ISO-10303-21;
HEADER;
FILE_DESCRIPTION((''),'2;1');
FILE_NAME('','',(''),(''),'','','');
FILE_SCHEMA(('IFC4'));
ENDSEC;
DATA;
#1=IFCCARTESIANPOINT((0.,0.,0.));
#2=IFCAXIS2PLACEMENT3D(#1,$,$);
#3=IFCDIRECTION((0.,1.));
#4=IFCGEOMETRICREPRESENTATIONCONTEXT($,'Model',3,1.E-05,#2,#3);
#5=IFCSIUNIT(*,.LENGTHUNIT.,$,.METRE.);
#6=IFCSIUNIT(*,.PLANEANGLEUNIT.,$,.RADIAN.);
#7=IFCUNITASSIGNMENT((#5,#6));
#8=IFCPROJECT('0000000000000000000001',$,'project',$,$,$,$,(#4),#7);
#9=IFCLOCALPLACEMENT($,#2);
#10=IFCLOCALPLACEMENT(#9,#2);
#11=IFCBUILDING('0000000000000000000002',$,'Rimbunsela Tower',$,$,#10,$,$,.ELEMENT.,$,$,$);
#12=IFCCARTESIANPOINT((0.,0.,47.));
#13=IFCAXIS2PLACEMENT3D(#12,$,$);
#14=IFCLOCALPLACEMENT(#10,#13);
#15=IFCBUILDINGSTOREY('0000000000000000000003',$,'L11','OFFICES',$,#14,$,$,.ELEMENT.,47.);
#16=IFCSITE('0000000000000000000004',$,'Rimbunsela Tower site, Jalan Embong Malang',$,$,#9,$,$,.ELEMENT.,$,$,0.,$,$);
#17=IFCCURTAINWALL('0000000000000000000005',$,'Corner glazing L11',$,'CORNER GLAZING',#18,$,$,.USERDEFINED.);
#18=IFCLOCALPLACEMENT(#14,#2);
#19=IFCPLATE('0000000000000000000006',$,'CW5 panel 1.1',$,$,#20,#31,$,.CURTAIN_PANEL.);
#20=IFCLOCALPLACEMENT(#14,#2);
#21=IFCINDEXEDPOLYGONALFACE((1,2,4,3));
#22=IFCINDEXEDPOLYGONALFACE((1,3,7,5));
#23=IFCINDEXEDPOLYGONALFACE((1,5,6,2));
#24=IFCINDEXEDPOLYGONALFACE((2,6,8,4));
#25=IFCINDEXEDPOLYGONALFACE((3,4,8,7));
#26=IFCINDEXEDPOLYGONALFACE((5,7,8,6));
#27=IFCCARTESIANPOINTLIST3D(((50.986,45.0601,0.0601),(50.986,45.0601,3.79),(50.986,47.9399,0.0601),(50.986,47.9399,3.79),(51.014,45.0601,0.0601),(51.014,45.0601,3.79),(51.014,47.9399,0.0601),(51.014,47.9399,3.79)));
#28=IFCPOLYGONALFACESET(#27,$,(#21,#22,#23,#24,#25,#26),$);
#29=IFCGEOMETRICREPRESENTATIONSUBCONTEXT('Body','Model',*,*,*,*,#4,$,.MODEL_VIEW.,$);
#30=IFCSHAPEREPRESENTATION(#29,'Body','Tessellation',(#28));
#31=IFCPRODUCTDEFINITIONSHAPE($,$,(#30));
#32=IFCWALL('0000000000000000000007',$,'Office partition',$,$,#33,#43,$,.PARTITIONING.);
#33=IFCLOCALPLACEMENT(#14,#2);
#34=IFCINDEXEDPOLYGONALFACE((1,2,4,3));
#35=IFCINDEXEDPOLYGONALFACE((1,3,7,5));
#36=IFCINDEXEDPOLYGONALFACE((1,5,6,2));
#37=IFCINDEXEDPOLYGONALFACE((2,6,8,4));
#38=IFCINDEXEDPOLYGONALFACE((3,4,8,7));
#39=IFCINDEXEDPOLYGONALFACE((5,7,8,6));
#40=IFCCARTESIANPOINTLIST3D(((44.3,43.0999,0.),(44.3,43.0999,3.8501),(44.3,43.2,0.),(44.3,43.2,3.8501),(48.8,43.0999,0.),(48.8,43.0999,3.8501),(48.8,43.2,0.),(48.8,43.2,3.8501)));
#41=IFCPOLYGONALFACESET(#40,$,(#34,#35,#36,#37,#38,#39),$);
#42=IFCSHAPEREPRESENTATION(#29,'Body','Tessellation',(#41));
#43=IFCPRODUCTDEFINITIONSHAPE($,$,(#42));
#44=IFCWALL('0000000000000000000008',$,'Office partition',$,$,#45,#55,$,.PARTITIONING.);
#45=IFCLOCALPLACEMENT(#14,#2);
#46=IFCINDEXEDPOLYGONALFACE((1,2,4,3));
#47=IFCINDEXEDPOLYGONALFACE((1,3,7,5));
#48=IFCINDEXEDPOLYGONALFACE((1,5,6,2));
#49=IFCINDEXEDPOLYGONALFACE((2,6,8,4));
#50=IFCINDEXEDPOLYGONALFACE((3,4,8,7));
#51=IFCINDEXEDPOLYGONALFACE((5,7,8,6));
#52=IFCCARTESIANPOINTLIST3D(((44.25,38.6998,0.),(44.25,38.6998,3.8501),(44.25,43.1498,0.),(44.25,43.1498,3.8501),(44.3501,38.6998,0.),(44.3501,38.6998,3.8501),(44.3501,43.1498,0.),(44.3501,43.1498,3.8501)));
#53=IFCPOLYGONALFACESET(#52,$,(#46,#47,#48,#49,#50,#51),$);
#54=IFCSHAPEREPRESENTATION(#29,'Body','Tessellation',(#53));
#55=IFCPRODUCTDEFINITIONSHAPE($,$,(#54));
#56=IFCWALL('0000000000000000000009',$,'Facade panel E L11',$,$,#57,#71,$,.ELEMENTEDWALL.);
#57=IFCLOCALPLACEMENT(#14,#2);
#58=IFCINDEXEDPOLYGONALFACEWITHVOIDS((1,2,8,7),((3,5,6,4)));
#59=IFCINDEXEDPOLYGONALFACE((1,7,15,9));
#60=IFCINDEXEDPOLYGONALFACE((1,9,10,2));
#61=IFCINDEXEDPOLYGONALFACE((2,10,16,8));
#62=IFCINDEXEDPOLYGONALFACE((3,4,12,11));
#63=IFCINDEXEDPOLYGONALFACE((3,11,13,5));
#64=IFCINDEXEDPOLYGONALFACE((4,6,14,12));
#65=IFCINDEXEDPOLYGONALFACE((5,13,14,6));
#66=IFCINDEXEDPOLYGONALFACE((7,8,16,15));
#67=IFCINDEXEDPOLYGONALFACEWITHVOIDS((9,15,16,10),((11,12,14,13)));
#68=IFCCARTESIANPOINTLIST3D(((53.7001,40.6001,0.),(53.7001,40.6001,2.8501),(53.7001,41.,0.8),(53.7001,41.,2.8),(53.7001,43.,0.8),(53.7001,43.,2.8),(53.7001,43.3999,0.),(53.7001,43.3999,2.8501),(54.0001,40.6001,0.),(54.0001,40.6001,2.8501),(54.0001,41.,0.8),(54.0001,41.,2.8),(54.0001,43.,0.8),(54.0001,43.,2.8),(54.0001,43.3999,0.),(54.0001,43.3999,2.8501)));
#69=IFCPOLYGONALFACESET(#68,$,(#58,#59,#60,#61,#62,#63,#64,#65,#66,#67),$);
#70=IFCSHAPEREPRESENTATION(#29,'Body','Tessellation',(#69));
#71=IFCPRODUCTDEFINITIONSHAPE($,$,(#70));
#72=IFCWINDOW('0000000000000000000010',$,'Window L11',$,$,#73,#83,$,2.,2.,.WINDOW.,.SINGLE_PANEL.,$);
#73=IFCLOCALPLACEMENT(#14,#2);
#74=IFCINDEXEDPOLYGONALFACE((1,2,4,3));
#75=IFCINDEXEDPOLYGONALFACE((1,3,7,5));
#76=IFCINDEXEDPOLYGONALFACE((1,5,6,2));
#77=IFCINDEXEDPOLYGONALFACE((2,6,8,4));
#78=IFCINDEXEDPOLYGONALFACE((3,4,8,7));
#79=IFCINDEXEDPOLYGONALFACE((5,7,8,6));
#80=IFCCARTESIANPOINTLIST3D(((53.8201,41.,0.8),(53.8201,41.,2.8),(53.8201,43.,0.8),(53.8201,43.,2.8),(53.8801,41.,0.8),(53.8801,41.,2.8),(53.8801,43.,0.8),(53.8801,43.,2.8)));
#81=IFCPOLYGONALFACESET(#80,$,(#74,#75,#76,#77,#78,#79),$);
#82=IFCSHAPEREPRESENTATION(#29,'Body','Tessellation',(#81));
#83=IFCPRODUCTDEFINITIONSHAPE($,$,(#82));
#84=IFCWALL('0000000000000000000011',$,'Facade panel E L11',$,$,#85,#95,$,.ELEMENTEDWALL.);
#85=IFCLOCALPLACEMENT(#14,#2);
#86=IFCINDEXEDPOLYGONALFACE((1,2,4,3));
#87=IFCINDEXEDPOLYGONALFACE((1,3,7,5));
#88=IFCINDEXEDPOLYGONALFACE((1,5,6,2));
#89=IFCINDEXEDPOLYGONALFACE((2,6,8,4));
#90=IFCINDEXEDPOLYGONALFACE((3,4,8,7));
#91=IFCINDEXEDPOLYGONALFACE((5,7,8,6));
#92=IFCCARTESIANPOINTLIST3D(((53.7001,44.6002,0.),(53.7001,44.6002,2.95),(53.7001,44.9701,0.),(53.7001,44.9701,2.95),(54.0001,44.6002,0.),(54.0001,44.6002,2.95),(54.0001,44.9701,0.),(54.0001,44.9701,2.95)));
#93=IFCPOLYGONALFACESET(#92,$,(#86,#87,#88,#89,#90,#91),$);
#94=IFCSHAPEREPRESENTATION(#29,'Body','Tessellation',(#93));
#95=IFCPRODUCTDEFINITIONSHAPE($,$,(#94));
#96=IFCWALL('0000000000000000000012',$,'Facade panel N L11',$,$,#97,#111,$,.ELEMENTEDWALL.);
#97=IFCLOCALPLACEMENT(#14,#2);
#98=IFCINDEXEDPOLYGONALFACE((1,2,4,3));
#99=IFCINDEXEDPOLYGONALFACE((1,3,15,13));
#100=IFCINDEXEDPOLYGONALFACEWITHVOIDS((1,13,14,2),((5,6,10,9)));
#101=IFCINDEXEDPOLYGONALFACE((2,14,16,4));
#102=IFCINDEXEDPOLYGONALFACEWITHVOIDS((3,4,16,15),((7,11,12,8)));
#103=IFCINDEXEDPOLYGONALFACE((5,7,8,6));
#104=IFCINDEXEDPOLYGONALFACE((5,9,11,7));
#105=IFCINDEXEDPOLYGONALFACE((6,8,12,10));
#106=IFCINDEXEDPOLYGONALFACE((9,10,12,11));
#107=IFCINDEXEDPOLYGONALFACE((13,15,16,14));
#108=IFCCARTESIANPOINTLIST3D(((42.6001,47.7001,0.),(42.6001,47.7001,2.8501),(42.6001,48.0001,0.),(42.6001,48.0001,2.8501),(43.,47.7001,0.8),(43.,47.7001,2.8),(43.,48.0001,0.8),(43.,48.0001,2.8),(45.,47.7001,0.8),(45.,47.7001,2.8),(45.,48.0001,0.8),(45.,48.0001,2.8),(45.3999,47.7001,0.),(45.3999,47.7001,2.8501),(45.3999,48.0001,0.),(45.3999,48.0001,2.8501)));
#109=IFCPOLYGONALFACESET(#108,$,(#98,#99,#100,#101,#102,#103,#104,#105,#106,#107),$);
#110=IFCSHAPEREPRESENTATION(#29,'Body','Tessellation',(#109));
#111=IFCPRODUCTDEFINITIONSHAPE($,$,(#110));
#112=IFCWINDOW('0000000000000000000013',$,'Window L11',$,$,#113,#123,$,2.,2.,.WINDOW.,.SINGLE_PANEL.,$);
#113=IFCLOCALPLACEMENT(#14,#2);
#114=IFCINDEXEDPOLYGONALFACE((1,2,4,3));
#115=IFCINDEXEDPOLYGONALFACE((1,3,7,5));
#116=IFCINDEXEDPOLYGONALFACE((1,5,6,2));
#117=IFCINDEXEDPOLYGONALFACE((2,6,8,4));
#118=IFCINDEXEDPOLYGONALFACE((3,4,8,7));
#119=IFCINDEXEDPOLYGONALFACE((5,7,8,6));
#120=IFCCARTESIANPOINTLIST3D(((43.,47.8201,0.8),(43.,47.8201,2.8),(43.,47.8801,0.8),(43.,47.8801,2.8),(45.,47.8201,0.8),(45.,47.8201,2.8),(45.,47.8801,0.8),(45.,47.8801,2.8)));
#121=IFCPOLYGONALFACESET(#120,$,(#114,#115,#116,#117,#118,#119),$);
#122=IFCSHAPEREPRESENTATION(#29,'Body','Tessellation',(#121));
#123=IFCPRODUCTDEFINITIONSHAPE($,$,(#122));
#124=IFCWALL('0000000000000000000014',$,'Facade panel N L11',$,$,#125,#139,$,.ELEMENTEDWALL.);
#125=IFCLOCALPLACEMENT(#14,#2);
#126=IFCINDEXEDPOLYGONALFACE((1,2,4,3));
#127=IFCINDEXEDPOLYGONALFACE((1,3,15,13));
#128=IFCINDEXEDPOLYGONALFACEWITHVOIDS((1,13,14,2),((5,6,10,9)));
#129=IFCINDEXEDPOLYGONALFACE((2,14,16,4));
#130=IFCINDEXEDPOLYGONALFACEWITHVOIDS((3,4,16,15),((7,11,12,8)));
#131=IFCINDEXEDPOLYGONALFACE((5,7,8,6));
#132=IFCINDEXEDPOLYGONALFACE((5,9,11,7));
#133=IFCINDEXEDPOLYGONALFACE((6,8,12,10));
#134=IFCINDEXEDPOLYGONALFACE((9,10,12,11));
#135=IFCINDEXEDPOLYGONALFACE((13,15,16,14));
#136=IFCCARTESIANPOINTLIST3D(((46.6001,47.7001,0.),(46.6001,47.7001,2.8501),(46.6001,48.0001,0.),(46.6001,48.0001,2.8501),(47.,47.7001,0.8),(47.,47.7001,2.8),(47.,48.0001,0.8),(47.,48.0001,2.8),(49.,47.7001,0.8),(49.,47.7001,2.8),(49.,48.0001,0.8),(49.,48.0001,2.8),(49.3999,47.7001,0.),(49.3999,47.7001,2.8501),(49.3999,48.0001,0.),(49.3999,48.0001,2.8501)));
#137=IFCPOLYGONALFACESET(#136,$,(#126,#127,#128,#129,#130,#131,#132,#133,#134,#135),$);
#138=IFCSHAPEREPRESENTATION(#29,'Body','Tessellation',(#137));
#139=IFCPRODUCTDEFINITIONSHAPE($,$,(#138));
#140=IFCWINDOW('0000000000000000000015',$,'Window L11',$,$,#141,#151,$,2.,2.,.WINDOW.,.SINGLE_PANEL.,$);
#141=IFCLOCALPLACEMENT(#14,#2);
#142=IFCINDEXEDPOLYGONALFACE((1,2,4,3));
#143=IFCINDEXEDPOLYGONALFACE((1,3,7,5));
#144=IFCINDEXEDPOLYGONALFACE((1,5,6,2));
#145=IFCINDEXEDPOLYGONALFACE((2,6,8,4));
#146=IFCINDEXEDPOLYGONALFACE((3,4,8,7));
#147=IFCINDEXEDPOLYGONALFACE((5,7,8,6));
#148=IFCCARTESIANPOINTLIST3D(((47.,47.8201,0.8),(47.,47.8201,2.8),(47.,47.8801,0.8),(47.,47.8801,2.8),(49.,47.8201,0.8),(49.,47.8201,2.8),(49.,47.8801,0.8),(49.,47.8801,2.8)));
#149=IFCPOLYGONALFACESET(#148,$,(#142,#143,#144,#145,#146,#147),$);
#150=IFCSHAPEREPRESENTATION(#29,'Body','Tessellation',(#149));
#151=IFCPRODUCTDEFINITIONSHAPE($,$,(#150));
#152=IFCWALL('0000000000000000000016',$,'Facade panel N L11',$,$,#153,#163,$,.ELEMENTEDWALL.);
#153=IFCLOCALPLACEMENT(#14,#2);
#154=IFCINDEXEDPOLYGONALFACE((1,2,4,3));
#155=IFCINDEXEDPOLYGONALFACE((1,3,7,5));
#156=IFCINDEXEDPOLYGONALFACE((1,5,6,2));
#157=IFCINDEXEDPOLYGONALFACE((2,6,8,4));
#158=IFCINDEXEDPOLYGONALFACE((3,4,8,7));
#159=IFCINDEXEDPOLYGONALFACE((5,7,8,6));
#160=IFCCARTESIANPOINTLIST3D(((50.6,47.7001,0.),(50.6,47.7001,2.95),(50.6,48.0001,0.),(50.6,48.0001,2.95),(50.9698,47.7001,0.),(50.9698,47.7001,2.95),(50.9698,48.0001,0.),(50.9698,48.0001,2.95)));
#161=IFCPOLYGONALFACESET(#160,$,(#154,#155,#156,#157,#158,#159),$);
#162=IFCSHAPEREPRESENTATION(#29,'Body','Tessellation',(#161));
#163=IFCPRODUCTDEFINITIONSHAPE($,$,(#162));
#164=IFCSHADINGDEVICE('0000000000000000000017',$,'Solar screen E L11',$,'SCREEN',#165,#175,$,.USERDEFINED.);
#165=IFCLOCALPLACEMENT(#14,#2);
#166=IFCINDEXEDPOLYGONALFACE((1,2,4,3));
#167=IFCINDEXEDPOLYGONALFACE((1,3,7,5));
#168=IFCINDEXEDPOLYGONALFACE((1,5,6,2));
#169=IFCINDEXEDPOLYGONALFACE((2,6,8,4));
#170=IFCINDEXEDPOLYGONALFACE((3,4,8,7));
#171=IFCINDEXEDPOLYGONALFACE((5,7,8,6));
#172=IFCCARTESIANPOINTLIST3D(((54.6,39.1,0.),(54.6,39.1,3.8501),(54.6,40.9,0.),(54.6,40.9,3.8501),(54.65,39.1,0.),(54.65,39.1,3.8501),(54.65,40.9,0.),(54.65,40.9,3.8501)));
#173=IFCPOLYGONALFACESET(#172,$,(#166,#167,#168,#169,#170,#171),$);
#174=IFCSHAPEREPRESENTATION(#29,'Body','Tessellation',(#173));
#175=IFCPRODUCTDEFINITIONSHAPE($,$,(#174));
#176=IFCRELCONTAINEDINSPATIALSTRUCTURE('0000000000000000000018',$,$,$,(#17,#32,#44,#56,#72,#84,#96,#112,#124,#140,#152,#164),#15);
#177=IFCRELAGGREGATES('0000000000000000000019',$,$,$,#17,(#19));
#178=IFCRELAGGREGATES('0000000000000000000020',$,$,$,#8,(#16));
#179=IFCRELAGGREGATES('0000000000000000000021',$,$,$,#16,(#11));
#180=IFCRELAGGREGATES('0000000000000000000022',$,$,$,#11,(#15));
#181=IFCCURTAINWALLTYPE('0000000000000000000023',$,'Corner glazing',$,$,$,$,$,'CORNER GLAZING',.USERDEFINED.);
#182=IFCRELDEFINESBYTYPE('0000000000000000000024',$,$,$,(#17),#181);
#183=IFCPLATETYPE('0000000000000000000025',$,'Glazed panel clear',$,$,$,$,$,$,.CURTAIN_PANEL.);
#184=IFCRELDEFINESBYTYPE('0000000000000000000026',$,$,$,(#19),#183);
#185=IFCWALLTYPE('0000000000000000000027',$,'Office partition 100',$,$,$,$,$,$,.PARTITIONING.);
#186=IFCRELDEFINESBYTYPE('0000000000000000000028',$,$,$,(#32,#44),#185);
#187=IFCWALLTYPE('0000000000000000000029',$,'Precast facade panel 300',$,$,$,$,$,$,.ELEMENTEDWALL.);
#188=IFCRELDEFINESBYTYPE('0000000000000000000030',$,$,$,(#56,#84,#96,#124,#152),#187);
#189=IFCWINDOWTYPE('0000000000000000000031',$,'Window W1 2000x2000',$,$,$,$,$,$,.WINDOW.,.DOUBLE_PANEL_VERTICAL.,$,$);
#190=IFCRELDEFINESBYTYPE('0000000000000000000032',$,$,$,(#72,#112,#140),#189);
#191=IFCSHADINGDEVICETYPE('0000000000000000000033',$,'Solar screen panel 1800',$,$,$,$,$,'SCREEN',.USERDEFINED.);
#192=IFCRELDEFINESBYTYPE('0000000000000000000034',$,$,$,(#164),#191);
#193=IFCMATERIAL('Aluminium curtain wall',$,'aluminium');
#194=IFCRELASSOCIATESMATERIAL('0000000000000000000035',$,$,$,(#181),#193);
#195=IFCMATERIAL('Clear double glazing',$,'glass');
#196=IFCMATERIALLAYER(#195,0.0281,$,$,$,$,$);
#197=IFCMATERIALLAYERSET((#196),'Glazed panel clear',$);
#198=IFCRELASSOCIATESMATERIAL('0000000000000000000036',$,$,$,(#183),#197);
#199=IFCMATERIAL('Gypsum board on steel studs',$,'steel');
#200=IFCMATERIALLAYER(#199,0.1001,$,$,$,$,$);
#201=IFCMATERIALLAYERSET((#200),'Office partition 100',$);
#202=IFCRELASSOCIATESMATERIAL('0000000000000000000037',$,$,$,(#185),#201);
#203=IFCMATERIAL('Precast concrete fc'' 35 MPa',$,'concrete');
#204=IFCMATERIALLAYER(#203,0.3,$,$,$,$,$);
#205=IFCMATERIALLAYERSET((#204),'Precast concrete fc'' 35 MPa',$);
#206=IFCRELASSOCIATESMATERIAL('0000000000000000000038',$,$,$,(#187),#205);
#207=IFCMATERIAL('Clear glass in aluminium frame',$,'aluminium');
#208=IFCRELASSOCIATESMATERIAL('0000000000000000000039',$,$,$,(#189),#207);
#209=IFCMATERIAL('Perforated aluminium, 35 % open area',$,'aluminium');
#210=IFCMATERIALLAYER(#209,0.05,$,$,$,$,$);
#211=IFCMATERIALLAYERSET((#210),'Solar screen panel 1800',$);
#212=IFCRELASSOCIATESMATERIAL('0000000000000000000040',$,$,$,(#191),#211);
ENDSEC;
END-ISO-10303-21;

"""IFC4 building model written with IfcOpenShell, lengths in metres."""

from ifc_helpers import new_model, si_unit, direction, frame, frame_2d, origin, origin_2d, place, context, subcontext, project, spatial, rectangle, extrude, material, layer, layer_set, type_object, element, fill, aggregate, save


model = new_model("IFC4")

# Units and contexts
model_context = context("Model", 3, precision=1e-05, world=origin(), true_north=direction((0.0, 1.0)))
body_context = subcontext(model_context, "Body", "Model", "MODEL_VIEW")
ifc_project = project(units=[si_unit("LENGTHUNIT", "METRE"), si_unit("PLANEANGLEUNIT", "RADIAN")], contexts=[model_context])

# Site, building, storey
site_placement = place(None, origin())
site = spatial("IfcSite", under=ifc_project, at=site_placement, Name="Rimbunsela Tower site, Jalan Embong Malang", CompositionType="ELEMENT", RefElevation=0.0)
building_placement = place(site_placement, origin())
building = spatial("IfcBuilding", under=site, at=building_placement, Name="Rimbunsela Tower", CompositionType="ELEMENT")
storey_placement = place(building_placement, frame((0.0, 0.0, 47.0)))
storey = spatial("IfcBuildingStorey", under=building, at=storey_placement, Name="L11", Description="OFFICES", CompositionType="ELEMENT", Elevation=47.0)

# Curtain wall
ifc_material_1 = material(Name="Aluminium curtain wall", Category="aluminium")
curtain_wall_type = type_object("IfcCurtainWallType", Name="Corner glazing", ElementType="CORNER GLAZING", PredefinedType="USERDEFINED", material=ifc_material_1)
curtain_wall_1_placement = place(storey_placement, origin())
curtain_wall_1 = element("IfcCurtainWall", 1, at=curtain_wall_1_placement, inside=storey, type_object=curtain_wall_type, Name="Corner glazing L11", ObjectType="CORNER GLAZING", PredefinedType="USERDEFINED")

# Plate
ifc_material_2 = material(Name="Clear double glazing", Category="glass")
ifc_layer_1 = layer(ifc_material_2, 0.0281)
ifc_layer_set_1 = layer_set([ifc_layer_1], Name="Glazed panel clear")
plate_type = type_object("IfcPlateType", Name="Glazed panel clear", PredefinedType="CURTAIN_PANEL", material=ifc_layer_set_1)
plate_1_placement = place(storey_placement, frame((51.0, 46.5, 0.0601), z_axis=(0.0, 0.0, 1.0), x_axis=(0.0, 1.0, 0.0)))
plate_1 = element("IfcPlate", 2, at=plate_1_placement, type_object=plate_type, Name="CW5 panel 1.1", PredefinedType="CURTAIN_PANEL", context=body_context, shape_type="SweptSolid", body=[
    extrude(rectangle(XDim=2.8799, YDim=0.0281, at=origin_2d()), origin(), (0.0, 0.0, 1.0), 3.73),
])
aggregate(curtain_wall_1, [plate_1])

# Walls
ifc_material_3 = material(Name="Gypsum board on steel studs", Category="steel")
ifc_layer_2 = layer(ifc_material_3, 0.1001)
ifc_layer_set_2 = layer_set([ifc_layer_2], Name="Office partition 100")
wall_type_1 = type_object("IfcWallType", Name="Office partition 100", PredefinedType="PARTITIONING", material=ifc_layer_set_2)
wall_1_placement = place(storey_placement, frame((48.8, 43.1499, 0.0), z_axis=(0.0, 0.0, 1.0), x_axis=(-1.0, 0.0, 0.0)))
element("IfcWall", 3, at=wall_1_placement, inside=storey, type_object=wall_type_1, Name="Office partition", PredefinedType="PARTITIONING", context=body_context, shape_type="SweptSolid", body=[
    extrude(rectangle(XDim=4.5, YDim=0.1001, at=frame_2d((2.25, 0.0))), origin(), (0.0, 0.0, 1.0), 3.8501),
])
wall_2_placement = place(storey_placement, frame((44.3, 43.1499, 0.0), z_axis=(0.0, 0.0, 1.0), x_axis=(0.0, -1.0, 0.0)))
element("IfcWall", 4, at=wall_2_placement, inside=storey, type_object=wall_type_1, Name="Office partition", PredefinedType="PARTITIONING", context=body_context, shape_type="SweptSolid", body=[
    extrude(rectangle(XDim=4.45, YDim=0.1001, at=frame_2d((2.2251, 0.0))), origin(), (0.0, 0.0, 1.0), 3.8501),
])

# Wall, opening, window
ifc_material_4 = material(Name="Precast concrete fc' 35 MPa", Category="concrete")
ifc_layer_3 = layer(ifc_material_4, 0.3)
ifc_layer_set_3 = layer_set([ifc_layer_3], Name="Precast concrete fc' 35 MPa")
wall_type_2 = type_object("IfcWallType", Name="Precast facade panel 300", PredefinedType="ELEMENTEDWALL", material=ifc_layer_set_3)
wall_3_placement = place(storey_placement, frame((53.8501, 40.6001, 0.0), z_axis=(0.0, 0.0, 1.0), x_axis=(0.0, 1.0, 0.0)))
wall_3 = element("IfcWall", 5, at=wall_3_placement, inside=storey, type_object=wall_type_2, Name="Facade panel E L11", PredefinedType="ELEMENTEDWALL", context=body_context, shape_type="SweptSolid", body=[
    extrude(rectangle(XDim=2.7998, YDim=0.3, at=frame_2d((1.3999, 0.0))), origin(), (0.0, 0.0, 1.0), 2.8501),
])
opening_1_placement = place(wall_3_placement, frame((0.3999, 0.0, 0.8)))
opening_1 = element("IfcOpeningElement", 6, at=opening_1_placement, cuts=wall_3, PredefinedType="OPENING", context=body_context, shape_type="SweptSolid", body=[
    extrude(rectangle(XDim=2.0, YDim=2.0, at=frame_2d((1.0, 1.0))), frame((0.0, 0.1599, 0.0), z_axis=(0.0, -1.0, 0.0), x_axis=(1.0, 0.0, 0.0)), (0.0, 0.0, 1.0), 0.3201),
])
ifc_material_5 = material(Name="Clear glass in aluminium frame", Category="aluminium")
window_type = type_object("IfcWindowType", Name="Window W1 2000x2000", PartitioningType="DOUBLE_PANEL_VERTICAL", PredefinedType="WINDOW", material=ifc_material_5)
window_1_placement = place(opening_1_placement, origin())
window_1 = element("IfcWindow", 7, at=window_1_placement, inside=storey, type_object=window_type, Name="Window L11", OverallHeight=2.0, OverallWidth=2.0, PartitioningType="SINGLE_PANEL", PredefinedType="WINDOW", context=body_context, shape_type="SweptSolid", body=[
    extrude(rectangle(XDim=2.0, YDim=2.0, at=frame_2d((1.0, 1.0))), frame((0.0, 0.03, 0.0), z_axis=(0.0, -1.0, 0.0), x_axis=(1.0, 0.0, 0.0)), (0.0, 0.0, 1.0), 0.0601),
])
fill(opening_1, window_1)

# Wall
wall_4_placement = place(storey_placement, frame((53.8501, 44.6001, 0.0), z_axis=(0.0, 0.0, 1.0), x_axis=(0.0, 1.0, 0.0)))
element("IfcWall", 8, at=wall_4_placement, inside=storey, type_object=wall_type_2, Name="Facade panel E L11", PredefinedType="ELEMENTEDWALL", context=body_context, shape_type="SweptSolid", body=[
    extrude(rectangle(XDim=0.3699, YDim=0.3, at=frame_2d((0.1851, 0.0))), origin(), (0.0, 0.0, 1.0), 2.95),
])

# Walls, openings, windows
wall_5_placement = place(storey_placement, frame((45.3999, 47.8501, 0.0), z_axis=(0.0, 0.0, 1.0), x_axis=(-1.0, 0.0, 0.0)))
wall_5 = element("IfcWall", 9, at=wall_5_placement, inside=storey, type_object=wall_type_2, Name="Facade panel N L11", PredefinedType="ELEMENTEDWALL", context=body_context, shape_type="SweptSolid", body=[
    extrude(rectangle(XDim=2.7998, YDim=0.3, at=frame_2d((1.3999, 0.0))), origin(), (0.0, 0.0, 1.0), 2.8501),
])
opening_2_placement = place(wall_5_placement, frame((0.3999, 0.0, 0.8)))
opening_2 = element("IfcOpeningElement", 10, at=opening_2_placement, cuts=wall_5, PredefinedType="OPENING", context=body_context, shape_type="SweptSolid", body=[
    extrude(rectangle(XDim=2.0, YDim=2.0, at=frame_2d((1.0, 1.0))), frame((0.0, 0.1599, 0.0), z_axis=(0.0, -1.0, 0.0), x_axis=(1.0, 0.0, 0.0)), (0.0, 0.0, 1.0), 0.3201),
])
window_2_placement = place(opening_2_placement, origin())
window_2 = element("IfcWindow", 11, at=window_2_placement, inside=storey, type_object=window_type, Name="Window L11", OverallHeight=2.0, OverallWidth=2.0, PartitioningType="SINGLE_PANEL", PredefinedType="WINDOW", context=body_context, shape_type="SweptSolid", body=[
    extrude(rectangle(XDim=2.0, YDim=2.0, at=frame_2d((1.0, 1.0))), frame((0.0, 0.03, 0.0), z_axis=(0.0, -1.0, 0.0), x_axis=(1.0, 0.0, 0.0)), (0.0, 0.0, 1.0), 0.0601),
])
fill(opening_2, window_2)
wall_6_placement = place(storey_placement, frame((49.3999, 47.8501, 0.0), z_axis=(0.0, 0.0, 1.0), x_axis=(-1.0, 0.0, 0.0)))
wall_6 = element("IfcWall", 12, at=wall_6_placement, inside=storey, type_object=wall_type_2, Name="Facade panel N L11", PredefinedType="ELEMENTEDWALL", context=body_context, shape_type="SweptSolid", body=[
    extrude(rectangle(XDim=2.7998, YDim=0.3, at=frame_2d((1.3999, 0.0))), origin(), (0.0, 0.0, 1.0), 2.8501),
])
opening_3_placement = place(wall_6_placement, frame((0.3999, 0.0, 0.8)))
opening_3 = element("IfcOpeningElement", 13, at=opening_3_placement, cuts=wall_6, PredefinedType="OPENING", context=body_context, shape_type="SweptSolid", body=[
    extrude(rectangle(XDim=2.0, YDim=2.0, at=frame_2d((1.0, 1.0))), frame((0.0, 0.1599, 0.0), z_axis=(0.0, -1.0, 0.0), x_axis=(1.0, 0.0, 0.0)), (0.0, 0.0, 1.0), 0.3201),
])
window_3_placement = place(opening_3_placement, origin())
window_3 = element("IfcWindow", 14, at=window_3_placement, inside=storey, type_object=window_type, Name="Window L11", OverallHeight=2.0, OverallWidth=2.0, PartitioningType="SINGLE_PANEL", PredefinedType="WINDOW", context=body_context, shape_type="SweptSolid", body=[
    extrude(rectangle(XDim=2.0, YDim=2.0, at=frame_2d((1.0, 1.0))), frame((0.0, 0.03, 0.0), z_axis=(0.0, -1.0, 0.0), x_axis=(1.0, 0.0, 0.0)), (0.0, 0.0, 1.0), 0.0601),
])
fill(opening_3, window_3)

# Wall
wall_7_placement = place(storey_placement, frame((50.97, 47.8501, 0.0), z_axis=(0.0, 0.0, 1.0), x_axis=(-1.0, 0.0, 0.0)))
element("IfcWall", 15, at=wall_7_placement, inside=storey, type_object=wall_type_2, Name="Facade panel N L11", PredefinedType="ELEMENTEDWALL", context=body_context, shape_type="SweptSolid", body=[
    extrude(rectangle(XDim=0.3699, YDim=0.3, at=frame_2d((0.1851, 0.0))), origin(), (0.0, 0.0, 1.0), 2.95),
])

# Shading device
ifc_material_6 = material(Name="Perforated aluminium, 35 % open area", Category="aluminium")
ifc_layer_4 = layer(ifc_material_6, 0.05)
ifc_layer_set_4 = layer_set([ifc_layer_4], Name="Solar screen panel 1800")
shading_device_type = type_object("IfcShadingDeviceType", Name="Solar screen panel 1800", ElementType="SCREEN", PredefinedType="USERDEFINED", material=ifc_layer_set_4)
for number, where, z_axis, x_axis, name in (
    (16, (54.625, 40.0, 0.0), (0.0, 0.0, 1.0), (0.0, 1.0, 0.0), "Solar screen E L11"),
):
    element("IfcShadingDevice", number, at=place(storey_placement, frame(where, z_axis=z_axis, x_axis=x_axis)), inside=storey, type_object=shading_device_type, Name=name, ObjectType="SCREEN", PredefinedType="USERDEFINED", context=body_context, shape_type="SweptSolid", body=[
        extrude(rectangle(XDim=1.8, YDim=0.05, at=origin_2d()), origin(), (0.0, 0.0, 1.0), 3.8501),
    ])

save(model, "model.ifc")
